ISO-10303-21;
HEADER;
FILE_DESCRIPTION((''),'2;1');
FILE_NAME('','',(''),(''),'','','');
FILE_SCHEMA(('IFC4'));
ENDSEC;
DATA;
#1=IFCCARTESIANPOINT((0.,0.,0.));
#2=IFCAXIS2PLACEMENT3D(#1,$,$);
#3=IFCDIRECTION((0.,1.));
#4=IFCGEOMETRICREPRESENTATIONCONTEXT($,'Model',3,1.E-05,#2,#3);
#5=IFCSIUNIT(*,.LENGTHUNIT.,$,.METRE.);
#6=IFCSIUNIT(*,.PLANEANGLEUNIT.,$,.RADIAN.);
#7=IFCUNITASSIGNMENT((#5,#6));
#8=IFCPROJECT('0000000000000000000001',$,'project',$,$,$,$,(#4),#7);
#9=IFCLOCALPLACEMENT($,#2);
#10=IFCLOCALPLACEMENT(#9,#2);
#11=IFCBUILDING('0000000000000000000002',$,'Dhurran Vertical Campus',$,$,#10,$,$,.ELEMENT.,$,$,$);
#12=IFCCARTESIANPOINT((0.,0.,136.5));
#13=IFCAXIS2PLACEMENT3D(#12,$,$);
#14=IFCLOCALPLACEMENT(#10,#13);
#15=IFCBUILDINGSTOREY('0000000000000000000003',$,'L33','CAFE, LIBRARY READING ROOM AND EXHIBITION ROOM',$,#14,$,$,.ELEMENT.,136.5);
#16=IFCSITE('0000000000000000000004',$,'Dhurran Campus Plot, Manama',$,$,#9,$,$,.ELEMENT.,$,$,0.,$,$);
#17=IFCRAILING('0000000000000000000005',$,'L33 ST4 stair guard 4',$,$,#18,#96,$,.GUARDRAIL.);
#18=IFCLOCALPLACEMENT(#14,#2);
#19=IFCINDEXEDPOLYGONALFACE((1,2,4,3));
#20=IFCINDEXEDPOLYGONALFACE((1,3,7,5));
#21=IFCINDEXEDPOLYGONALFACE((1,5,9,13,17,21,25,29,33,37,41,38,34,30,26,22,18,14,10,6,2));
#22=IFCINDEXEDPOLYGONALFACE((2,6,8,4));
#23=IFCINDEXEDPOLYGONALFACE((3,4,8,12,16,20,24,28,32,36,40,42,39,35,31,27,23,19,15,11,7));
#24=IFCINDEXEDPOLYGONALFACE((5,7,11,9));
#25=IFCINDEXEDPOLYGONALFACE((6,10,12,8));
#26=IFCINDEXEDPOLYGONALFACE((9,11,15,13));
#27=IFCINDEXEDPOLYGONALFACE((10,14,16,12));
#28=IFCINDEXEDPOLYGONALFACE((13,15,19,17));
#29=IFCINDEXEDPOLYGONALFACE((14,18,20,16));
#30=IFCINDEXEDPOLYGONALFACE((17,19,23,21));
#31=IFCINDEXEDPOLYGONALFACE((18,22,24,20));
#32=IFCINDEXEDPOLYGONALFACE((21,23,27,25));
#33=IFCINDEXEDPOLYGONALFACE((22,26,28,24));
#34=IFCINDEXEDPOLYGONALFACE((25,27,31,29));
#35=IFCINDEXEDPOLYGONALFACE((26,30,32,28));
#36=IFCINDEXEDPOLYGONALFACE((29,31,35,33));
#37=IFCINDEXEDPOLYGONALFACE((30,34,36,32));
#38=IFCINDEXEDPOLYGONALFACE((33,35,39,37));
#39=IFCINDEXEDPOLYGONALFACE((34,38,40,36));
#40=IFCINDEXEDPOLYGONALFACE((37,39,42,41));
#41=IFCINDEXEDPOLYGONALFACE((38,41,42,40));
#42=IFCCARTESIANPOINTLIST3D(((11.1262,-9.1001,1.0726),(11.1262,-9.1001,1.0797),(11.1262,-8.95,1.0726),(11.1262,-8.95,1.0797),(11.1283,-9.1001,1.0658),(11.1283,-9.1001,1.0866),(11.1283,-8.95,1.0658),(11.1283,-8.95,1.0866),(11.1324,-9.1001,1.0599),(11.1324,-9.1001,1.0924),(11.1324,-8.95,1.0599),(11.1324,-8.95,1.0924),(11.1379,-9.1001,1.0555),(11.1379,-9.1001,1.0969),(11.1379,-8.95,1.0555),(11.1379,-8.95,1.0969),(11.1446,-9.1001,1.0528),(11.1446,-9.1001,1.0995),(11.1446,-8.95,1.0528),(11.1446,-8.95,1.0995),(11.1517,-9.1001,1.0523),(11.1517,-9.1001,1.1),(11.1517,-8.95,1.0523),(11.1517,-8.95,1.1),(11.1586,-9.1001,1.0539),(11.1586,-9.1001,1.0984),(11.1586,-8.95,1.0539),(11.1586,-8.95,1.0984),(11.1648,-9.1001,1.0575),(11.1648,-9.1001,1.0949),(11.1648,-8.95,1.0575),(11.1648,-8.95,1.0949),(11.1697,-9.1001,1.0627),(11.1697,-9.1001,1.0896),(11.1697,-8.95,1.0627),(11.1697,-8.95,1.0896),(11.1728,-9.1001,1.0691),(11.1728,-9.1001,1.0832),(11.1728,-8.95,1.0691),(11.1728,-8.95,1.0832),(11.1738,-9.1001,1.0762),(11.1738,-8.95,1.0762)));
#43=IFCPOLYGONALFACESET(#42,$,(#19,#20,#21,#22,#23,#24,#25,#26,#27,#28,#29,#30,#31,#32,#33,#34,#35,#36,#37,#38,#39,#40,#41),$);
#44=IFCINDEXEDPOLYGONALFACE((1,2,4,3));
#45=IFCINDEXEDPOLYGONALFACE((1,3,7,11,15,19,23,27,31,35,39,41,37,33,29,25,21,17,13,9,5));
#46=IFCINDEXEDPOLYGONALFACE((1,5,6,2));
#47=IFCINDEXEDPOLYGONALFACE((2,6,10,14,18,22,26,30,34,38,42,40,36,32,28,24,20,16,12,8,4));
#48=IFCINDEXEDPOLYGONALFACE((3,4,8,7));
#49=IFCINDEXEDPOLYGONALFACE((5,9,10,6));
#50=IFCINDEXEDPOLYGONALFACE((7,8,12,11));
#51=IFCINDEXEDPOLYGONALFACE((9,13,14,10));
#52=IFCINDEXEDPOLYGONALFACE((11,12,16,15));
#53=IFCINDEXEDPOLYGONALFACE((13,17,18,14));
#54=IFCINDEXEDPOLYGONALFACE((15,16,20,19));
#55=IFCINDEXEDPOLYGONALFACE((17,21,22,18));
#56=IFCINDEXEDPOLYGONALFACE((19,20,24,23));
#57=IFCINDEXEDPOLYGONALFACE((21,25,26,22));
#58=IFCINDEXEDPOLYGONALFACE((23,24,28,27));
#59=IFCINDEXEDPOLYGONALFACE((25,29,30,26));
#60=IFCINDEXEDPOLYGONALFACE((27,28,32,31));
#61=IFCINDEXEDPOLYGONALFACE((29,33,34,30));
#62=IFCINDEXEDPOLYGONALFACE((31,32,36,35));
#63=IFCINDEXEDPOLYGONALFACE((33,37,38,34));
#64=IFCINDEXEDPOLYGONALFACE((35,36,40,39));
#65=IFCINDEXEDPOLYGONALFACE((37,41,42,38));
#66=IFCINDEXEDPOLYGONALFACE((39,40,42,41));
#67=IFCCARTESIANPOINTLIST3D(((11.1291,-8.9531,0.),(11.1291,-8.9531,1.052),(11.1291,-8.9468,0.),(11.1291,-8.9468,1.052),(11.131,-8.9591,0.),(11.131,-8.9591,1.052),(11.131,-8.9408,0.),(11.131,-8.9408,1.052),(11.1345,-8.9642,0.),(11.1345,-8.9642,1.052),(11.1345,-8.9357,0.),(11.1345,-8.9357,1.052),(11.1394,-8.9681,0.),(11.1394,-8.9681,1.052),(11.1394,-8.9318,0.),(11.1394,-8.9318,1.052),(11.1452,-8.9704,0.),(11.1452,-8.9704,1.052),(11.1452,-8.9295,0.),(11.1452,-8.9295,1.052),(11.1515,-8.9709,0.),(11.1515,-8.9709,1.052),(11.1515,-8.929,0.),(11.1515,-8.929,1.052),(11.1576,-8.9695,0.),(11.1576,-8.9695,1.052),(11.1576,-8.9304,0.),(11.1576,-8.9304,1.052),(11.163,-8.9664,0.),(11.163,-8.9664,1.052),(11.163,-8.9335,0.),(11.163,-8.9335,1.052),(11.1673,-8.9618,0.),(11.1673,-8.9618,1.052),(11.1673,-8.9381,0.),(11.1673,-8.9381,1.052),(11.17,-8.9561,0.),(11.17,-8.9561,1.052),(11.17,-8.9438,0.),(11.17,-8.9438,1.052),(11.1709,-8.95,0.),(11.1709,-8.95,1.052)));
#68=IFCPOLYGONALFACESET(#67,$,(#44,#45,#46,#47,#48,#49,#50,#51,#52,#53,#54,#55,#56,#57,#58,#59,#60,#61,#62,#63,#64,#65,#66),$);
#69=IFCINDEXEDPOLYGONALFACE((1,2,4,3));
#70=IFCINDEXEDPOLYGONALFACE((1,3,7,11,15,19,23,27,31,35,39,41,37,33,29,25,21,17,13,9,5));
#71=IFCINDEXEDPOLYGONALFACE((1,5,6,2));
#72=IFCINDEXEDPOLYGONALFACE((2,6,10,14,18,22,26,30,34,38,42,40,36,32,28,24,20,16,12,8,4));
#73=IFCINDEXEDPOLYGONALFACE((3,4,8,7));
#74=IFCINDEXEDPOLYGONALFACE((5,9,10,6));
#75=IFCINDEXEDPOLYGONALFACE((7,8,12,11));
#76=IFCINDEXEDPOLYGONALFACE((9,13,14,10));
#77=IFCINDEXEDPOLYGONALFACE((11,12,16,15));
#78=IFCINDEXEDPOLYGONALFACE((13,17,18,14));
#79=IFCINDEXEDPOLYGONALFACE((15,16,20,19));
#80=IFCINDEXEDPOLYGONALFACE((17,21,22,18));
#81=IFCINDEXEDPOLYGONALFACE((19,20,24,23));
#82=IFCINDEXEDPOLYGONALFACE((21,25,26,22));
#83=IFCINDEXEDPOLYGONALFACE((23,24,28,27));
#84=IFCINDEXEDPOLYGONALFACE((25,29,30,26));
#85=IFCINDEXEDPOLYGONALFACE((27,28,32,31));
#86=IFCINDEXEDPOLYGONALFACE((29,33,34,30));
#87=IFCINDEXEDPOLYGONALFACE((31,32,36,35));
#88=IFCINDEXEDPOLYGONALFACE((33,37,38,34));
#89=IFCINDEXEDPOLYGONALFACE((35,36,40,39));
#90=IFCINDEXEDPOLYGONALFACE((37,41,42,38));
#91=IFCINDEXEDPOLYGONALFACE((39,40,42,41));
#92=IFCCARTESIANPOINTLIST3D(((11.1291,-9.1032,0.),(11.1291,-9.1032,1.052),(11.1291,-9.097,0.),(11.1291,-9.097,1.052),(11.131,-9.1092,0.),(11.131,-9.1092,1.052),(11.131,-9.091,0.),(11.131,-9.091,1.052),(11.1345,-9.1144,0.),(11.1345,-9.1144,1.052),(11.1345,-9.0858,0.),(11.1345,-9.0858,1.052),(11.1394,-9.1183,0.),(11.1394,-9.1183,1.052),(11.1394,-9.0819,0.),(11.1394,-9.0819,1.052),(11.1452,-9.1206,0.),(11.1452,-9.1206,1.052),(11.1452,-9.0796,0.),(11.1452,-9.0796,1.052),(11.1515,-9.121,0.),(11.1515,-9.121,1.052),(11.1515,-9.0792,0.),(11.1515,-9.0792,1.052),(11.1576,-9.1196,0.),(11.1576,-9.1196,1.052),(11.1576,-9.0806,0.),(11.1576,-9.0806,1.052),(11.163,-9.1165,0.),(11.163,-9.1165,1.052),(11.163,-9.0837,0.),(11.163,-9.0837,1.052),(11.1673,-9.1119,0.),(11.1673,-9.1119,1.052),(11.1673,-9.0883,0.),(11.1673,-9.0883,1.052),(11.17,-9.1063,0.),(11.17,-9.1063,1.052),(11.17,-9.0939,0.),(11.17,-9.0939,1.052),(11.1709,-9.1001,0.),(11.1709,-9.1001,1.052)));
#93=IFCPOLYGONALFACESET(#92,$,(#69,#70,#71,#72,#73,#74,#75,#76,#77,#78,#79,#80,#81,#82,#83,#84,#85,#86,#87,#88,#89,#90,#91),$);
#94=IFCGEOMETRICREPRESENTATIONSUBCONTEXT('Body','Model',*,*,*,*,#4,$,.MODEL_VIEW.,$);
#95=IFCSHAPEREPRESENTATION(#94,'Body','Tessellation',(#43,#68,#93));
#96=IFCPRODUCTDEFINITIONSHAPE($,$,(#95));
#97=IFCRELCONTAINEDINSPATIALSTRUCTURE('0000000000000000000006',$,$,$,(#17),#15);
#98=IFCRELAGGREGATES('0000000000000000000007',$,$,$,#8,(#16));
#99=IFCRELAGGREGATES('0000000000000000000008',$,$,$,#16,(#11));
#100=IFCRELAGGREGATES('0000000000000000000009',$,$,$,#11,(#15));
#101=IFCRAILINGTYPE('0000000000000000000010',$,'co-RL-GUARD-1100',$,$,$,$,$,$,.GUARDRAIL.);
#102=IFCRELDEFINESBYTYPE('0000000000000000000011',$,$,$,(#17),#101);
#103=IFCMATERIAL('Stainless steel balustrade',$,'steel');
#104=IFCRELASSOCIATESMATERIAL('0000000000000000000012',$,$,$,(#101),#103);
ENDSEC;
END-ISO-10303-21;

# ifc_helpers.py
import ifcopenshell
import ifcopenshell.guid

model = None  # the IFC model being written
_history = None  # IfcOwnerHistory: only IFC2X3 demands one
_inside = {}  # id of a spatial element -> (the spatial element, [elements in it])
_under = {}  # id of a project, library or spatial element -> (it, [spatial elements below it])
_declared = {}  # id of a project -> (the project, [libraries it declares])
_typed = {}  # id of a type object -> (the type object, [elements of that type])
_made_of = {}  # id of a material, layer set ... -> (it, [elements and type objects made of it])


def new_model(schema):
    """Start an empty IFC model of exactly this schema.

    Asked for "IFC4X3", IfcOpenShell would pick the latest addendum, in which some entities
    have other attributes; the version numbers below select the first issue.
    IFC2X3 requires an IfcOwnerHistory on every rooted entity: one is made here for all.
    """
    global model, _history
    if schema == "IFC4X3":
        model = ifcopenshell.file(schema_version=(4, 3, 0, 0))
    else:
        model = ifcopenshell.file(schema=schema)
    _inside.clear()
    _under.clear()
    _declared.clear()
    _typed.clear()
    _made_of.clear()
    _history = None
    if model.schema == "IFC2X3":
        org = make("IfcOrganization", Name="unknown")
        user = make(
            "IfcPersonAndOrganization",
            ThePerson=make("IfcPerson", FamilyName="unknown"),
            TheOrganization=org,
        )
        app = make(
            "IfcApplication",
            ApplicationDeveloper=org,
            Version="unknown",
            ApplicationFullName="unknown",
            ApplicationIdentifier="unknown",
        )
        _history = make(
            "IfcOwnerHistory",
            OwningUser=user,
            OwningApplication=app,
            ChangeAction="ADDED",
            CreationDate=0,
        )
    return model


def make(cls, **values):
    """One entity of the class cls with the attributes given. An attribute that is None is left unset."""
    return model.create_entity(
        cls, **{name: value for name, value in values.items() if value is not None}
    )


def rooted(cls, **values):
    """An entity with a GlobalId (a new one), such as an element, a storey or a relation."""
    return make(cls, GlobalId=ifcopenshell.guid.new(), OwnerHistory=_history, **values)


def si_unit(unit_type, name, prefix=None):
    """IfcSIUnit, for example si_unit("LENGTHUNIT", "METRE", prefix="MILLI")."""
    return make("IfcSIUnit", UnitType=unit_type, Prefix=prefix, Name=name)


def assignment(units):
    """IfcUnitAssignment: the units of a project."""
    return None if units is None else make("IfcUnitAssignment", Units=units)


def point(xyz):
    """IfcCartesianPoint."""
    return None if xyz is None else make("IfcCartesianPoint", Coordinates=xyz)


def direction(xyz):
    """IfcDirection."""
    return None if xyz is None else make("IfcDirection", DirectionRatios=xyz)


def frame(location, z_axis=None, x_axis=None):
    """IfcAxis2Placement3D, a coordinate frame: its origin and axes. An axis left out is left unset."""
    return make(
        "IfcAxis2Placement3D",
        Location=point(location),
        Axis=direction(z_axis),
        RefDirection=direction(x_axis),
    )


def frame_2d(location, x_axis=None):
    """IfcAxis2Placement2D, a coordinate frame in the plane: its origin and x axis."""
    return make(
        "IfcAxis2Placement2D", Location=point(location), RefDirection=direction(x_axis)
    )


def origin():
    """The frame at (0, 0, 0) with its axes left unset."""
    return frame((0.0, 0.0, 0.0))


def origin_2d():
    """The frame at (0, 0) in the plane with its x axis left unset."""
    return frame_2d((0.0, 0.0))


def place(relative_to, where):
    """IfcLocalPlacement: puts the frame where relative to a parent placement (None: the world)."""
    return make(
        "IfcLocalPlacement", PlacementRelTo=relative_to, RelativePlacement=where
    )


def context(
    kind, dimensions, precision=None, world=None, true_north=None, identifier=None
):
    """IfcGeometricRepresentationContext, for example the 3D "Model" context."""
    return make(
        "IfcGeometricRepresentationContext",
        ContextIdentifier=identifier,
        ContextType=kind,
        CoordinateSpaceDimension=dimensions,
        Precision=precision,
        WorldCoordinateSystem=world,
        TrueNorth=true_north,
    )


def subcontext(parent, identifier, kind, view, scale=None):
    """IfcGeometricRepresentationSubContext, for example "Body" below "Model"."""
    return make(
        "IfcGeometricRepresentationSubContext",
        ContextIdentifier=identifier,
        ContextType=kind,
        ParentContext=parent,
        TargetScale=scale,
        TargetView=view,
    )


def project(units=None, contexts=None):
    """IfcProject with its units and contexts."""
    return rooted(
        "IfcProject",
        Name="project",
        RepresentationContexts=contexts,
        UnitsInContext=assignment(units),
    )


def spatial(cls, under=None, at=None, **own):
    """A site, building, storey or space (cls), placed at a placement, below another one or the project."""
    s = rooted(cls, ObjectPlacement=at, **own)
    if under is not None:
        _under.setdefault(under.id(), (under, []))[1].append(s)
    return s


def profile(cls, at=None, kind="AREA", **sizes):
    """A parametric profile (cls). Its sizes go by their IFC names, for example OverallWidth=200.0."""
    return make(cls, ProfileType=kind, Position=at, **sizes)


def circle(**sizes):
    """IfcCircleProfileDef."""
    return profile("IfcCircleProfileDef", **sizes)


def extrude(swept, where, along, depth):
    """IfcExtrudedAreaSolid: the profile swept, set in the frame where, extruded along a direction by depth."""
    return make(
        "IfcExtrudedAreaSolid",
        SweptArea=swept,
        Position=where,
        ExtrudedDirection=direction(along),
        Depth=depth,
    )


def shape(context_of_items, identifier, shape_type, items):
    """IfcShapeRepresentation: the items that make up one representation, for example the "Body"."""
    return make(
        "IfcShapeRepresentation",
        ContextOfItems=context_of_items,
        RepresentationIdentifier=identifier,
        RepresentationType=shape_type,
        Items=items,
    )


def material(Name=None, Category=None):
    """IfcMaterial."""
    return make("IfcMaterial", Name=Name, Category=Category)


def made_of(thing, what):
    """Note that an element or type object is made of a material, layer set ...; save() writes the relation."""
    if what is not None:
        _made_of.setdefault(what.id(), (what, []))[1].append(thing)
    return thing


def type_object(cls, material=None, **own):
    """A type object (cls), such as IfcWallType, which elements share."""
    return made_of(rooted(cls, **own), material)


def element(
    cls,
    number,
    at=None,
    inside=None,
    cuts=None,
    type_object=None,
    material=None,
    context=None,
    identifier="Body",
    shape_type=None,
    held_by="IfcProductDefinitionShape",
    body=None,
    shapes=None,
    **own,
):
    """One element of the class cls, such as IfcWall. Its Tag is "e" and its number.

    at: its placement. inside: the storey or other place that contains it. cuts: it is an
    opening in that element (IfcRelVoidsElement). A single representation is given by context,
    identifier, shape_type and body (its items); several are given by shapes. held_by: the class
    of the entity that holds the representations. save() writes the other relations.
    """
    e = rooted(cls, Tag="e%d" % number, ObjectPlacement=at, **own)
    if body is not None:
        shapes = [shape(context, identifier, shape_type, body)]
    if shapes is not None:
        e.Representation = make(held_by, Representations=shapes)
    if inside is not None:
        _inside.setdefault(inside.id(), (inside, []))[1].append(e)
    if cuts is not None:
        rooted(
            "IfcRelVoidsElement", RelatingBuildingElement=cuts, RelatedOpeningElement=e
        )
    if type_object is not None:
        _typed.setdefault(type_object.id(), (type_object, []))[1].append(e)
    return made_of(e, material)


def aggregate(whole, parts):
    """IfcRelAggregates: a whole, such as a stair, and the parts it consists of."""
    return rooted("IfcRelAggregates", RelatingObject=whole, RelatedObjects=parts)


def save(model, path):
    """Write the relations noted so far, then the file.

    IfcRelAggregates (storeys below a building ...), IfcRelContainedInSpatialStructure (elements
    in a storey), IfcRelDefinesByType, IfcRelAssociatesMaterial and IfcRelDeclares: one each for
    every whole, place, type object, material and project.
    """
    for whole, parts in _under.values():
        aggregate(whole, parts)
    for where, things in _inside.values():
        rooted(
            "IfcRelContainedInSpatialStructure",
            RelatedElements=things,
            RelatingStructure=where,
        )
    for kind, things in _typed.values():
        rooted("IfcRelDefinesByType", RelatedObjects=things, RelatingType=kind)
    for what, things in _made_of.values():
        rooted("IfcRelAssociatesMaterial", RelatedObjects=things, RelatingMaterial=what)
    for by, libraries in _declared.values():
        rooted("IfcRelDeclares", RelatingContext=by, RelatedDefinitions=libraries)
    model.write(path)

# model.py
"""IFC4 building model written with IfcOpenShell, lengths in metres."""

from ifc_helpers import new_model, si_unit, direction, frame, origin, origin_2d, place, context, subcontext, project, spatial, circle, extrude, material, type_object, element, save


model = new_model("IFC4")

# Units and contexts
model_context = context("Model", 3, precision=1e-05, world=origin(), true_north=direction((0.0, 1.0)))
body_context = subcontext(model_context, "Body", "Model", "MODEL_VIEW")
ifc_project = project(units=[si_unit("LENGTHUNIT", "METRE"), si_unit("PLANEANGLEUNIT", "RADIAN")], contexts=[model_context])

# Site, building, storey
site_placement = place(None, origin())
site = spatial("IfcSite", under=ifc_project, at=site_placement, Name="Dhurran Campus Plot, Manama", CompositionType="ELEMENT", RefElevation=0.0)
building_placement = place(site_placement, origin())
building = spatial("IfcBuilding", under=site, at=building_placement, Name="Dhurran Vertical Campus", CompositionType="ELEMENT")
storey_placement = place(building_placement, frame((0.0, 0.0, 136.5)))
storey = spatial("IfcBuildingStorey", under=building, at=storey_placement, Name="L33", Description="CAFE, LIBRARY READING ROOM AND EXHIBITION ROOM", CompositionType="ELEMENT", Elevation=136.5)

# Railing
ifc_material_1 = material(Name="Stainless steel balustrade", Category="steel")
railing_type_1 = type_object("IfcRailingType", Name="co-RL-GUARD-1100", PredefinedType="GUARDRAIL", material=ifc_material_1)
railing_1_placement = place(storey_placement, frame((11.1499, -8.95, 0.0)))
element("IfcRailing", 1, at=railing_1_placement, inside=storey, type_object=railing_type_1, Name="L33 ST4 stair guard 4", PredefinedType="GUARDRAIL", context=body_context, shape_type="SweptSolid", body=[
    extrude(circle(Radius=0.0239, at=origin_2d()), frame((0.0, 0.0, 1.0762), z_axis=(0.0, -1.0, 0.0), x_axis=(1.0, 0.0, 0.0)), (0.0, 0.0, 1.0), 0.1501),
    extrude(circle(Radius=0.021, at=origin_2d()), origin(), (0.0, 0.0, 1.0), 1.052),
    extrude(circle(Radius=0.021, at=origin_2d()), frame((0.0, -0.1501, 0.0)), (0.0, 0.0, 1.0), 1.052),
])

save(model, "model.ifc")
